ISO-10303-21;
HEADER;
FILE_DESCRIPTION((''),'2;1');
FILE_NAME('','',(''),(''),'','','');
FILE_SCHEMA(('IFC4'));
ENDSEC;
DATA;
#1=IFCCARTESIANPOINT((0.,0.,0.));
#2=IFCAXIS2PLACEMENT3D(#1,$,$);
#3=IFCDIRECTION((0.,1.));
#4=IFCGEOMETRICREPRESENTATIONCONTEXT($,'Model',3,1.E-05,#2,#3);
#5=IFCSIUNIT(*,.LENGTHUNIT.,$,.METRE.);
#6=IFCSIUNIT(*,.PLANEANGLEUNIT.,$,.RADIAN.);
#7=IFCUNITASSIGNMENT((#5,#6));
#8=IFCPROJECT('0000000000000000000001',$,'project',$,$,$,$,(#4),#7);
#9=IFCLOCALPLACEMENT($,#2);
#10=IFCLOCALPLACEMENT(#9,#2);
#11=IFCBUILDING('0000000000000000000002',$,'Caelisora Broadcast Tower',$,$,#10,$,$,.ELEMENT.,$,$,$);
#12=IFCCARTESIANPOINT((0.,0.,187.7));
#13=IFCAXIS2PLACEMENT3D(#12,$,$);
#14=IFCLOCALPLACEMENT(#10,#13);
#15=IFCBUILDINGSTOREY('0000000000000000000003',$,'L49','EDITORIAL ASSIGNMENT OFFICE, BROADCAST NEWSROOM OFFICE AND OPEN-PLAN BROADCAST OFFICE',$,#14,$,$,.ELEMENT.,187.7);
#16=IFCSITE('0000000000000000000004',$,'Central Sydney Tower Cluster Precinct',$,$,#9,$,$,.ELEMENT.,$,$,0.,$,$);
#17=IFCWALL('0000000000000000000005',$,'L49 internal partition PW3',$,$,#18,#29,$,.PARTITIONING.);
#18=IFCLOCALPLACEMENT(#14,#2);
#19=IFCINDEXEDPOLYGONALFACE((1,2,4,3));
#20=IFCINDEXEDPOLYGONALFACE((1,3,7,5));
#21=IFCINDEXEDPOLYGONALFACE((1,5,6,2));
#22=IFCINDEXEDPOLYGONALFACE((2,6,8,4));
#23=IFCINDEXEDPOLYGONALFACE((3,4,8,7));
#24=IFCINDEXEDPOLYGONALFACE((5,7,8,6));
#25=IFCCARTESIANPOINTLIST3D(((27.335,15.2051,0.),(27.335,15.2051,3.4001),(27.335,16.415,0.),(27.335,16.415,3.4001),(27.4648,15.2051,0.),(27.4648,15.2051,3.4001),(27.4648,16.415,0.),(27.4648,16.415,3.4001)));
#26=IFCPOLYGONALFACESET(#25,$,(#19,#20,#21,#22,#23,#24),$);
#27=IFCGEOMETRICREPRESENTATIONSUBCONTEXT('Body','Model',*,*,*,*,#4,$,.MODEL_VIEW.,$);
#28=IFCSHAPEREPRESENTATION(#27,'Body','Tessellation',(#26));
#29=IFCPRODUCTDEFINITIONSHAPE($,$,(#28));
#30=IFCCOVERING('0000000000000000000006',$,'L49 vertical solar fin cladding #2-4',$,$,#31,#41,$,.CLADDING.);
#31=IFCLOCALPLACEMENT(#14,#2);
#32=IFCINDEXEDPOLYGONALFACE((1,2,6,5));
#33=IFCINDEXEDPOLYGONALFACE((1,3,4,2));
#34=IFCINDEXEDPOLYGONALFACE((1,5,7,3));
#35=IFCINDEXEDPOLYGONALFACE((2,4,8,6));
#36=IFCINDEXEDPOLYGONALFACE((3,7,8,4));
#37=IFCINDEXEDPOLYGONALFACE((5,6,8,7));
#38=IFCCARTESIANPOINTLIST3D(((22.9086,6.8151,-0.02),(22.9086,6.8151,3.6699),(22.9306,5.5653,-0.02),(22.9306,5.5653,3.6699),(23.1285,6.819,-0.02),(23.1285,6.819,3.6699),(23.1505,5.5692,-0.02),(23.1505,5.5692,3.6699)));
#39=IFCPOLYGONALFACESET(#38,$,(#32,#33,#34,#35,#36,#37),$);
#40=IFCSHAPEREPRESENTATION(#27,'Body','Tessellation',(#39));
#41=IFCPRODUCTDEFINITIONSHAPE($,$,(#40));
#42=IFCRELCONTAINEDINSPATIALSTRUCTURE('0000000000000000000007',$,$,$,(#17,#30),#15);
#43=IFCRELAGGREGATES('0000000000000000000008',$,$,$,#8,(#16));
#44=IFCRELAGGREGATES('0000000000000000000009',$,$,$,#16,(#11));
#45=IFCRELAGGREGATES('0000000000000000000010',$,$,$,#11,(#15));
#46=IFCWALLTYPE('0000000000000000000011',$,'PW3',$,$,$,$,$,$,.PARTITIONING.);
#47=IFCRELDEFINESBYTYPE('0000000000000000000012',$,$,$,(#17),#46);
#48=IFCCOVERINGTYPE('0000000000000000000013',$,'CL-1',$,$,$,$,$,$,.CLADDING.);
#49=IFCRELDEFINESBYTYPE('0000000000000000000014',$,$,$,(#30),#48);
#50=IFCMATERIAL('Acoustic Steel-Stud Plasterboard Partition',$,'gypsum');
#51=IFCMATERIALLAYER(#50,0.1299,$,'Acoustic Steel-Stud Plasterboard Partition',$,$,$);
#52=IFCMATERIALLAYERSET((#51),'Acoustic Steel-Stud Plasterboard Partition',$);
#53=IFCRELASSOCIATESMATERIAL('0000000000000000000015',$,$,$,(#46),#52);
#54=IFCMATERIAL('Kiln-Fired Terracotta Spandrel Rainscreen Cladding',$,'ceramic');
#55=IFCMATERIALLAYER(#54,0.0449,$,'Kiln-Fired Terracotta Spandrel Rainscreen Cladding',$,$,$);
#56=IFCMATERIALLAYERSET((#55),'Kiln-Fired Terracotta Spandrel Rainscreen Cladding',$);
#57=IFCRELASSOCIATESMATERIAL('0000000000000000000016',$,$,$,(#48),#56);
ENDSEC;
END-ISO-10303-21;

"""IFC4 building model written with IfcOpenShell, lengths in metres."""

from ifc_helpers import new_model, si_unit, direction, frame, frame_2d, origin, origin_2d, place, context, subcontext, project, spatial, rectangle, extrude, source, transform, mapped, material, layer, layer_set, type_object, type_shapes, element, save


model = new_model("IFC4")

# Units and contexts
model_context = context("Model", 3, precision=1e-05, world=origin(), true_north=direction((0.0, 1.0)))
body_context = subcontext(model_context, "Body", "Model", "MODEL_VIEW")
ifc_project = project(units=[si_unit("LENGTHUNIT", "METRE"), si_unit("PLANEANGLEUNIT", "RADIAN")], contexts=[model_context])

# Site, building, storey
site_placement = place(None, origin())
site = spatial("IfcSite", under=ifc_project, at=site_placement, Name="Central Sydney Tower Cluster Precinct", CompositionType="ELEMENT", RefElevation=0.0)
building_placement = place(site_placement, origin())
building = spatial("IfcBuilding", under=site, at=building_placement, Name="Caelisora Broadcast Tower", CompositionType="ELEMENT")
storey_placement = place(building_placement, frame((0.0, 0.0, 187.7)))
storey = spatial("IfcBuildingStorey", under=building, at=storey_placement, Name="L49", Description="EDITORIAL ASSIGNMENT OFFICE, BROADCAST NEWSROOM OFFICE AND OPEN-PLAN BROADCAST OFFICE", CompositionType="ELEMENT", Elevation=187.7)

# Shared definitions
ifc_material_1 = material(Name="Acoustic Steel-Stud Plasterboard Partition", Category="gypsum")
ifc_layer_1 = layer(ifc_material_1, 0.1299, Name="Acoustic Steel-Stud Plasterboard Partition")
ifc_layer_set_1 = layer_set([ifc_layer_1], Name="Acoustic Steel-Stud Plasterboard Partition")
wall_type = type_object("IfcWallType", Name="PW3", PredefinedType="PARTITIONING", material=ifc_layer_set_1)

# Wall
wall_1_placement = place(storey_placement, frame((27.3999, 15.2051, 0.0), z_axis=(0.0, 0.0, 1.0), x_axis=(0.0, 1.0, 0.0)))
element("IfcWall", 1, at=wall_1_placement, inside=storey, type_object=wall_type, Name="L49 internal partition PW3", PredefinedType="PARTITIONING", context=body_context, shape_type="SweptSolid", body=[
    extrude(rectangle(XDim=1.21, YDim=0.1299, at=frame_2d((0.605, 0.0))), origin(), (0.0, 0.0, 1.0), 3.4001),
])

# Covering
ifc_material_2 = material(Name="Kiln-Fired Terracotta Spandrel Rainscreen Cladding", Category="ceramic")
ifc_layer_2 = layer(ifc_material_2, 0.0449, Name="Kiln-Fired Terracotta Spandrel Rainscreen Cladding")
ifc_layer_set_2 = layer_set([ifc_layer_2], Name="Kiln-Fired Terracotta Spandrel Rainscreen Cladding")
covering_type = type_object("IfcCoveringType", Name="CL-1", PredefinedType="CLADDING", material=ifc_layer_set_2)
shared_shape_1 = source(origin(), body_context, "Body", "SweptSolid", [
    extrude(rectangle(XDim=0.22, YDim=1.25, at=origin_2d()), origin(), (0.0, 0.0, 1.0), 3.6899),
])
type_shapes(covering_type, [shared_shape_1])
covering_placement = place(storey_placement, frame((23.0295, 6.1921, -0.02), z_axis=(0.0, 0.0, 1.0), x_axis=(-0.999845, -0.017627, 0.0)))
element("IfcCovering", 2, at=covering_placement, inside=storey, type_object=covering_type, Name="L49 vertical solar fin cladding #2-4", PredefinedType="CLADDING", context=body_context, shape_type="MappedRepresentation", body=[
    mapped(shared_shape_1, transform((0.0, 0.0, 0.0), scale=1.0)),
])

save(model, "model.ifc")
